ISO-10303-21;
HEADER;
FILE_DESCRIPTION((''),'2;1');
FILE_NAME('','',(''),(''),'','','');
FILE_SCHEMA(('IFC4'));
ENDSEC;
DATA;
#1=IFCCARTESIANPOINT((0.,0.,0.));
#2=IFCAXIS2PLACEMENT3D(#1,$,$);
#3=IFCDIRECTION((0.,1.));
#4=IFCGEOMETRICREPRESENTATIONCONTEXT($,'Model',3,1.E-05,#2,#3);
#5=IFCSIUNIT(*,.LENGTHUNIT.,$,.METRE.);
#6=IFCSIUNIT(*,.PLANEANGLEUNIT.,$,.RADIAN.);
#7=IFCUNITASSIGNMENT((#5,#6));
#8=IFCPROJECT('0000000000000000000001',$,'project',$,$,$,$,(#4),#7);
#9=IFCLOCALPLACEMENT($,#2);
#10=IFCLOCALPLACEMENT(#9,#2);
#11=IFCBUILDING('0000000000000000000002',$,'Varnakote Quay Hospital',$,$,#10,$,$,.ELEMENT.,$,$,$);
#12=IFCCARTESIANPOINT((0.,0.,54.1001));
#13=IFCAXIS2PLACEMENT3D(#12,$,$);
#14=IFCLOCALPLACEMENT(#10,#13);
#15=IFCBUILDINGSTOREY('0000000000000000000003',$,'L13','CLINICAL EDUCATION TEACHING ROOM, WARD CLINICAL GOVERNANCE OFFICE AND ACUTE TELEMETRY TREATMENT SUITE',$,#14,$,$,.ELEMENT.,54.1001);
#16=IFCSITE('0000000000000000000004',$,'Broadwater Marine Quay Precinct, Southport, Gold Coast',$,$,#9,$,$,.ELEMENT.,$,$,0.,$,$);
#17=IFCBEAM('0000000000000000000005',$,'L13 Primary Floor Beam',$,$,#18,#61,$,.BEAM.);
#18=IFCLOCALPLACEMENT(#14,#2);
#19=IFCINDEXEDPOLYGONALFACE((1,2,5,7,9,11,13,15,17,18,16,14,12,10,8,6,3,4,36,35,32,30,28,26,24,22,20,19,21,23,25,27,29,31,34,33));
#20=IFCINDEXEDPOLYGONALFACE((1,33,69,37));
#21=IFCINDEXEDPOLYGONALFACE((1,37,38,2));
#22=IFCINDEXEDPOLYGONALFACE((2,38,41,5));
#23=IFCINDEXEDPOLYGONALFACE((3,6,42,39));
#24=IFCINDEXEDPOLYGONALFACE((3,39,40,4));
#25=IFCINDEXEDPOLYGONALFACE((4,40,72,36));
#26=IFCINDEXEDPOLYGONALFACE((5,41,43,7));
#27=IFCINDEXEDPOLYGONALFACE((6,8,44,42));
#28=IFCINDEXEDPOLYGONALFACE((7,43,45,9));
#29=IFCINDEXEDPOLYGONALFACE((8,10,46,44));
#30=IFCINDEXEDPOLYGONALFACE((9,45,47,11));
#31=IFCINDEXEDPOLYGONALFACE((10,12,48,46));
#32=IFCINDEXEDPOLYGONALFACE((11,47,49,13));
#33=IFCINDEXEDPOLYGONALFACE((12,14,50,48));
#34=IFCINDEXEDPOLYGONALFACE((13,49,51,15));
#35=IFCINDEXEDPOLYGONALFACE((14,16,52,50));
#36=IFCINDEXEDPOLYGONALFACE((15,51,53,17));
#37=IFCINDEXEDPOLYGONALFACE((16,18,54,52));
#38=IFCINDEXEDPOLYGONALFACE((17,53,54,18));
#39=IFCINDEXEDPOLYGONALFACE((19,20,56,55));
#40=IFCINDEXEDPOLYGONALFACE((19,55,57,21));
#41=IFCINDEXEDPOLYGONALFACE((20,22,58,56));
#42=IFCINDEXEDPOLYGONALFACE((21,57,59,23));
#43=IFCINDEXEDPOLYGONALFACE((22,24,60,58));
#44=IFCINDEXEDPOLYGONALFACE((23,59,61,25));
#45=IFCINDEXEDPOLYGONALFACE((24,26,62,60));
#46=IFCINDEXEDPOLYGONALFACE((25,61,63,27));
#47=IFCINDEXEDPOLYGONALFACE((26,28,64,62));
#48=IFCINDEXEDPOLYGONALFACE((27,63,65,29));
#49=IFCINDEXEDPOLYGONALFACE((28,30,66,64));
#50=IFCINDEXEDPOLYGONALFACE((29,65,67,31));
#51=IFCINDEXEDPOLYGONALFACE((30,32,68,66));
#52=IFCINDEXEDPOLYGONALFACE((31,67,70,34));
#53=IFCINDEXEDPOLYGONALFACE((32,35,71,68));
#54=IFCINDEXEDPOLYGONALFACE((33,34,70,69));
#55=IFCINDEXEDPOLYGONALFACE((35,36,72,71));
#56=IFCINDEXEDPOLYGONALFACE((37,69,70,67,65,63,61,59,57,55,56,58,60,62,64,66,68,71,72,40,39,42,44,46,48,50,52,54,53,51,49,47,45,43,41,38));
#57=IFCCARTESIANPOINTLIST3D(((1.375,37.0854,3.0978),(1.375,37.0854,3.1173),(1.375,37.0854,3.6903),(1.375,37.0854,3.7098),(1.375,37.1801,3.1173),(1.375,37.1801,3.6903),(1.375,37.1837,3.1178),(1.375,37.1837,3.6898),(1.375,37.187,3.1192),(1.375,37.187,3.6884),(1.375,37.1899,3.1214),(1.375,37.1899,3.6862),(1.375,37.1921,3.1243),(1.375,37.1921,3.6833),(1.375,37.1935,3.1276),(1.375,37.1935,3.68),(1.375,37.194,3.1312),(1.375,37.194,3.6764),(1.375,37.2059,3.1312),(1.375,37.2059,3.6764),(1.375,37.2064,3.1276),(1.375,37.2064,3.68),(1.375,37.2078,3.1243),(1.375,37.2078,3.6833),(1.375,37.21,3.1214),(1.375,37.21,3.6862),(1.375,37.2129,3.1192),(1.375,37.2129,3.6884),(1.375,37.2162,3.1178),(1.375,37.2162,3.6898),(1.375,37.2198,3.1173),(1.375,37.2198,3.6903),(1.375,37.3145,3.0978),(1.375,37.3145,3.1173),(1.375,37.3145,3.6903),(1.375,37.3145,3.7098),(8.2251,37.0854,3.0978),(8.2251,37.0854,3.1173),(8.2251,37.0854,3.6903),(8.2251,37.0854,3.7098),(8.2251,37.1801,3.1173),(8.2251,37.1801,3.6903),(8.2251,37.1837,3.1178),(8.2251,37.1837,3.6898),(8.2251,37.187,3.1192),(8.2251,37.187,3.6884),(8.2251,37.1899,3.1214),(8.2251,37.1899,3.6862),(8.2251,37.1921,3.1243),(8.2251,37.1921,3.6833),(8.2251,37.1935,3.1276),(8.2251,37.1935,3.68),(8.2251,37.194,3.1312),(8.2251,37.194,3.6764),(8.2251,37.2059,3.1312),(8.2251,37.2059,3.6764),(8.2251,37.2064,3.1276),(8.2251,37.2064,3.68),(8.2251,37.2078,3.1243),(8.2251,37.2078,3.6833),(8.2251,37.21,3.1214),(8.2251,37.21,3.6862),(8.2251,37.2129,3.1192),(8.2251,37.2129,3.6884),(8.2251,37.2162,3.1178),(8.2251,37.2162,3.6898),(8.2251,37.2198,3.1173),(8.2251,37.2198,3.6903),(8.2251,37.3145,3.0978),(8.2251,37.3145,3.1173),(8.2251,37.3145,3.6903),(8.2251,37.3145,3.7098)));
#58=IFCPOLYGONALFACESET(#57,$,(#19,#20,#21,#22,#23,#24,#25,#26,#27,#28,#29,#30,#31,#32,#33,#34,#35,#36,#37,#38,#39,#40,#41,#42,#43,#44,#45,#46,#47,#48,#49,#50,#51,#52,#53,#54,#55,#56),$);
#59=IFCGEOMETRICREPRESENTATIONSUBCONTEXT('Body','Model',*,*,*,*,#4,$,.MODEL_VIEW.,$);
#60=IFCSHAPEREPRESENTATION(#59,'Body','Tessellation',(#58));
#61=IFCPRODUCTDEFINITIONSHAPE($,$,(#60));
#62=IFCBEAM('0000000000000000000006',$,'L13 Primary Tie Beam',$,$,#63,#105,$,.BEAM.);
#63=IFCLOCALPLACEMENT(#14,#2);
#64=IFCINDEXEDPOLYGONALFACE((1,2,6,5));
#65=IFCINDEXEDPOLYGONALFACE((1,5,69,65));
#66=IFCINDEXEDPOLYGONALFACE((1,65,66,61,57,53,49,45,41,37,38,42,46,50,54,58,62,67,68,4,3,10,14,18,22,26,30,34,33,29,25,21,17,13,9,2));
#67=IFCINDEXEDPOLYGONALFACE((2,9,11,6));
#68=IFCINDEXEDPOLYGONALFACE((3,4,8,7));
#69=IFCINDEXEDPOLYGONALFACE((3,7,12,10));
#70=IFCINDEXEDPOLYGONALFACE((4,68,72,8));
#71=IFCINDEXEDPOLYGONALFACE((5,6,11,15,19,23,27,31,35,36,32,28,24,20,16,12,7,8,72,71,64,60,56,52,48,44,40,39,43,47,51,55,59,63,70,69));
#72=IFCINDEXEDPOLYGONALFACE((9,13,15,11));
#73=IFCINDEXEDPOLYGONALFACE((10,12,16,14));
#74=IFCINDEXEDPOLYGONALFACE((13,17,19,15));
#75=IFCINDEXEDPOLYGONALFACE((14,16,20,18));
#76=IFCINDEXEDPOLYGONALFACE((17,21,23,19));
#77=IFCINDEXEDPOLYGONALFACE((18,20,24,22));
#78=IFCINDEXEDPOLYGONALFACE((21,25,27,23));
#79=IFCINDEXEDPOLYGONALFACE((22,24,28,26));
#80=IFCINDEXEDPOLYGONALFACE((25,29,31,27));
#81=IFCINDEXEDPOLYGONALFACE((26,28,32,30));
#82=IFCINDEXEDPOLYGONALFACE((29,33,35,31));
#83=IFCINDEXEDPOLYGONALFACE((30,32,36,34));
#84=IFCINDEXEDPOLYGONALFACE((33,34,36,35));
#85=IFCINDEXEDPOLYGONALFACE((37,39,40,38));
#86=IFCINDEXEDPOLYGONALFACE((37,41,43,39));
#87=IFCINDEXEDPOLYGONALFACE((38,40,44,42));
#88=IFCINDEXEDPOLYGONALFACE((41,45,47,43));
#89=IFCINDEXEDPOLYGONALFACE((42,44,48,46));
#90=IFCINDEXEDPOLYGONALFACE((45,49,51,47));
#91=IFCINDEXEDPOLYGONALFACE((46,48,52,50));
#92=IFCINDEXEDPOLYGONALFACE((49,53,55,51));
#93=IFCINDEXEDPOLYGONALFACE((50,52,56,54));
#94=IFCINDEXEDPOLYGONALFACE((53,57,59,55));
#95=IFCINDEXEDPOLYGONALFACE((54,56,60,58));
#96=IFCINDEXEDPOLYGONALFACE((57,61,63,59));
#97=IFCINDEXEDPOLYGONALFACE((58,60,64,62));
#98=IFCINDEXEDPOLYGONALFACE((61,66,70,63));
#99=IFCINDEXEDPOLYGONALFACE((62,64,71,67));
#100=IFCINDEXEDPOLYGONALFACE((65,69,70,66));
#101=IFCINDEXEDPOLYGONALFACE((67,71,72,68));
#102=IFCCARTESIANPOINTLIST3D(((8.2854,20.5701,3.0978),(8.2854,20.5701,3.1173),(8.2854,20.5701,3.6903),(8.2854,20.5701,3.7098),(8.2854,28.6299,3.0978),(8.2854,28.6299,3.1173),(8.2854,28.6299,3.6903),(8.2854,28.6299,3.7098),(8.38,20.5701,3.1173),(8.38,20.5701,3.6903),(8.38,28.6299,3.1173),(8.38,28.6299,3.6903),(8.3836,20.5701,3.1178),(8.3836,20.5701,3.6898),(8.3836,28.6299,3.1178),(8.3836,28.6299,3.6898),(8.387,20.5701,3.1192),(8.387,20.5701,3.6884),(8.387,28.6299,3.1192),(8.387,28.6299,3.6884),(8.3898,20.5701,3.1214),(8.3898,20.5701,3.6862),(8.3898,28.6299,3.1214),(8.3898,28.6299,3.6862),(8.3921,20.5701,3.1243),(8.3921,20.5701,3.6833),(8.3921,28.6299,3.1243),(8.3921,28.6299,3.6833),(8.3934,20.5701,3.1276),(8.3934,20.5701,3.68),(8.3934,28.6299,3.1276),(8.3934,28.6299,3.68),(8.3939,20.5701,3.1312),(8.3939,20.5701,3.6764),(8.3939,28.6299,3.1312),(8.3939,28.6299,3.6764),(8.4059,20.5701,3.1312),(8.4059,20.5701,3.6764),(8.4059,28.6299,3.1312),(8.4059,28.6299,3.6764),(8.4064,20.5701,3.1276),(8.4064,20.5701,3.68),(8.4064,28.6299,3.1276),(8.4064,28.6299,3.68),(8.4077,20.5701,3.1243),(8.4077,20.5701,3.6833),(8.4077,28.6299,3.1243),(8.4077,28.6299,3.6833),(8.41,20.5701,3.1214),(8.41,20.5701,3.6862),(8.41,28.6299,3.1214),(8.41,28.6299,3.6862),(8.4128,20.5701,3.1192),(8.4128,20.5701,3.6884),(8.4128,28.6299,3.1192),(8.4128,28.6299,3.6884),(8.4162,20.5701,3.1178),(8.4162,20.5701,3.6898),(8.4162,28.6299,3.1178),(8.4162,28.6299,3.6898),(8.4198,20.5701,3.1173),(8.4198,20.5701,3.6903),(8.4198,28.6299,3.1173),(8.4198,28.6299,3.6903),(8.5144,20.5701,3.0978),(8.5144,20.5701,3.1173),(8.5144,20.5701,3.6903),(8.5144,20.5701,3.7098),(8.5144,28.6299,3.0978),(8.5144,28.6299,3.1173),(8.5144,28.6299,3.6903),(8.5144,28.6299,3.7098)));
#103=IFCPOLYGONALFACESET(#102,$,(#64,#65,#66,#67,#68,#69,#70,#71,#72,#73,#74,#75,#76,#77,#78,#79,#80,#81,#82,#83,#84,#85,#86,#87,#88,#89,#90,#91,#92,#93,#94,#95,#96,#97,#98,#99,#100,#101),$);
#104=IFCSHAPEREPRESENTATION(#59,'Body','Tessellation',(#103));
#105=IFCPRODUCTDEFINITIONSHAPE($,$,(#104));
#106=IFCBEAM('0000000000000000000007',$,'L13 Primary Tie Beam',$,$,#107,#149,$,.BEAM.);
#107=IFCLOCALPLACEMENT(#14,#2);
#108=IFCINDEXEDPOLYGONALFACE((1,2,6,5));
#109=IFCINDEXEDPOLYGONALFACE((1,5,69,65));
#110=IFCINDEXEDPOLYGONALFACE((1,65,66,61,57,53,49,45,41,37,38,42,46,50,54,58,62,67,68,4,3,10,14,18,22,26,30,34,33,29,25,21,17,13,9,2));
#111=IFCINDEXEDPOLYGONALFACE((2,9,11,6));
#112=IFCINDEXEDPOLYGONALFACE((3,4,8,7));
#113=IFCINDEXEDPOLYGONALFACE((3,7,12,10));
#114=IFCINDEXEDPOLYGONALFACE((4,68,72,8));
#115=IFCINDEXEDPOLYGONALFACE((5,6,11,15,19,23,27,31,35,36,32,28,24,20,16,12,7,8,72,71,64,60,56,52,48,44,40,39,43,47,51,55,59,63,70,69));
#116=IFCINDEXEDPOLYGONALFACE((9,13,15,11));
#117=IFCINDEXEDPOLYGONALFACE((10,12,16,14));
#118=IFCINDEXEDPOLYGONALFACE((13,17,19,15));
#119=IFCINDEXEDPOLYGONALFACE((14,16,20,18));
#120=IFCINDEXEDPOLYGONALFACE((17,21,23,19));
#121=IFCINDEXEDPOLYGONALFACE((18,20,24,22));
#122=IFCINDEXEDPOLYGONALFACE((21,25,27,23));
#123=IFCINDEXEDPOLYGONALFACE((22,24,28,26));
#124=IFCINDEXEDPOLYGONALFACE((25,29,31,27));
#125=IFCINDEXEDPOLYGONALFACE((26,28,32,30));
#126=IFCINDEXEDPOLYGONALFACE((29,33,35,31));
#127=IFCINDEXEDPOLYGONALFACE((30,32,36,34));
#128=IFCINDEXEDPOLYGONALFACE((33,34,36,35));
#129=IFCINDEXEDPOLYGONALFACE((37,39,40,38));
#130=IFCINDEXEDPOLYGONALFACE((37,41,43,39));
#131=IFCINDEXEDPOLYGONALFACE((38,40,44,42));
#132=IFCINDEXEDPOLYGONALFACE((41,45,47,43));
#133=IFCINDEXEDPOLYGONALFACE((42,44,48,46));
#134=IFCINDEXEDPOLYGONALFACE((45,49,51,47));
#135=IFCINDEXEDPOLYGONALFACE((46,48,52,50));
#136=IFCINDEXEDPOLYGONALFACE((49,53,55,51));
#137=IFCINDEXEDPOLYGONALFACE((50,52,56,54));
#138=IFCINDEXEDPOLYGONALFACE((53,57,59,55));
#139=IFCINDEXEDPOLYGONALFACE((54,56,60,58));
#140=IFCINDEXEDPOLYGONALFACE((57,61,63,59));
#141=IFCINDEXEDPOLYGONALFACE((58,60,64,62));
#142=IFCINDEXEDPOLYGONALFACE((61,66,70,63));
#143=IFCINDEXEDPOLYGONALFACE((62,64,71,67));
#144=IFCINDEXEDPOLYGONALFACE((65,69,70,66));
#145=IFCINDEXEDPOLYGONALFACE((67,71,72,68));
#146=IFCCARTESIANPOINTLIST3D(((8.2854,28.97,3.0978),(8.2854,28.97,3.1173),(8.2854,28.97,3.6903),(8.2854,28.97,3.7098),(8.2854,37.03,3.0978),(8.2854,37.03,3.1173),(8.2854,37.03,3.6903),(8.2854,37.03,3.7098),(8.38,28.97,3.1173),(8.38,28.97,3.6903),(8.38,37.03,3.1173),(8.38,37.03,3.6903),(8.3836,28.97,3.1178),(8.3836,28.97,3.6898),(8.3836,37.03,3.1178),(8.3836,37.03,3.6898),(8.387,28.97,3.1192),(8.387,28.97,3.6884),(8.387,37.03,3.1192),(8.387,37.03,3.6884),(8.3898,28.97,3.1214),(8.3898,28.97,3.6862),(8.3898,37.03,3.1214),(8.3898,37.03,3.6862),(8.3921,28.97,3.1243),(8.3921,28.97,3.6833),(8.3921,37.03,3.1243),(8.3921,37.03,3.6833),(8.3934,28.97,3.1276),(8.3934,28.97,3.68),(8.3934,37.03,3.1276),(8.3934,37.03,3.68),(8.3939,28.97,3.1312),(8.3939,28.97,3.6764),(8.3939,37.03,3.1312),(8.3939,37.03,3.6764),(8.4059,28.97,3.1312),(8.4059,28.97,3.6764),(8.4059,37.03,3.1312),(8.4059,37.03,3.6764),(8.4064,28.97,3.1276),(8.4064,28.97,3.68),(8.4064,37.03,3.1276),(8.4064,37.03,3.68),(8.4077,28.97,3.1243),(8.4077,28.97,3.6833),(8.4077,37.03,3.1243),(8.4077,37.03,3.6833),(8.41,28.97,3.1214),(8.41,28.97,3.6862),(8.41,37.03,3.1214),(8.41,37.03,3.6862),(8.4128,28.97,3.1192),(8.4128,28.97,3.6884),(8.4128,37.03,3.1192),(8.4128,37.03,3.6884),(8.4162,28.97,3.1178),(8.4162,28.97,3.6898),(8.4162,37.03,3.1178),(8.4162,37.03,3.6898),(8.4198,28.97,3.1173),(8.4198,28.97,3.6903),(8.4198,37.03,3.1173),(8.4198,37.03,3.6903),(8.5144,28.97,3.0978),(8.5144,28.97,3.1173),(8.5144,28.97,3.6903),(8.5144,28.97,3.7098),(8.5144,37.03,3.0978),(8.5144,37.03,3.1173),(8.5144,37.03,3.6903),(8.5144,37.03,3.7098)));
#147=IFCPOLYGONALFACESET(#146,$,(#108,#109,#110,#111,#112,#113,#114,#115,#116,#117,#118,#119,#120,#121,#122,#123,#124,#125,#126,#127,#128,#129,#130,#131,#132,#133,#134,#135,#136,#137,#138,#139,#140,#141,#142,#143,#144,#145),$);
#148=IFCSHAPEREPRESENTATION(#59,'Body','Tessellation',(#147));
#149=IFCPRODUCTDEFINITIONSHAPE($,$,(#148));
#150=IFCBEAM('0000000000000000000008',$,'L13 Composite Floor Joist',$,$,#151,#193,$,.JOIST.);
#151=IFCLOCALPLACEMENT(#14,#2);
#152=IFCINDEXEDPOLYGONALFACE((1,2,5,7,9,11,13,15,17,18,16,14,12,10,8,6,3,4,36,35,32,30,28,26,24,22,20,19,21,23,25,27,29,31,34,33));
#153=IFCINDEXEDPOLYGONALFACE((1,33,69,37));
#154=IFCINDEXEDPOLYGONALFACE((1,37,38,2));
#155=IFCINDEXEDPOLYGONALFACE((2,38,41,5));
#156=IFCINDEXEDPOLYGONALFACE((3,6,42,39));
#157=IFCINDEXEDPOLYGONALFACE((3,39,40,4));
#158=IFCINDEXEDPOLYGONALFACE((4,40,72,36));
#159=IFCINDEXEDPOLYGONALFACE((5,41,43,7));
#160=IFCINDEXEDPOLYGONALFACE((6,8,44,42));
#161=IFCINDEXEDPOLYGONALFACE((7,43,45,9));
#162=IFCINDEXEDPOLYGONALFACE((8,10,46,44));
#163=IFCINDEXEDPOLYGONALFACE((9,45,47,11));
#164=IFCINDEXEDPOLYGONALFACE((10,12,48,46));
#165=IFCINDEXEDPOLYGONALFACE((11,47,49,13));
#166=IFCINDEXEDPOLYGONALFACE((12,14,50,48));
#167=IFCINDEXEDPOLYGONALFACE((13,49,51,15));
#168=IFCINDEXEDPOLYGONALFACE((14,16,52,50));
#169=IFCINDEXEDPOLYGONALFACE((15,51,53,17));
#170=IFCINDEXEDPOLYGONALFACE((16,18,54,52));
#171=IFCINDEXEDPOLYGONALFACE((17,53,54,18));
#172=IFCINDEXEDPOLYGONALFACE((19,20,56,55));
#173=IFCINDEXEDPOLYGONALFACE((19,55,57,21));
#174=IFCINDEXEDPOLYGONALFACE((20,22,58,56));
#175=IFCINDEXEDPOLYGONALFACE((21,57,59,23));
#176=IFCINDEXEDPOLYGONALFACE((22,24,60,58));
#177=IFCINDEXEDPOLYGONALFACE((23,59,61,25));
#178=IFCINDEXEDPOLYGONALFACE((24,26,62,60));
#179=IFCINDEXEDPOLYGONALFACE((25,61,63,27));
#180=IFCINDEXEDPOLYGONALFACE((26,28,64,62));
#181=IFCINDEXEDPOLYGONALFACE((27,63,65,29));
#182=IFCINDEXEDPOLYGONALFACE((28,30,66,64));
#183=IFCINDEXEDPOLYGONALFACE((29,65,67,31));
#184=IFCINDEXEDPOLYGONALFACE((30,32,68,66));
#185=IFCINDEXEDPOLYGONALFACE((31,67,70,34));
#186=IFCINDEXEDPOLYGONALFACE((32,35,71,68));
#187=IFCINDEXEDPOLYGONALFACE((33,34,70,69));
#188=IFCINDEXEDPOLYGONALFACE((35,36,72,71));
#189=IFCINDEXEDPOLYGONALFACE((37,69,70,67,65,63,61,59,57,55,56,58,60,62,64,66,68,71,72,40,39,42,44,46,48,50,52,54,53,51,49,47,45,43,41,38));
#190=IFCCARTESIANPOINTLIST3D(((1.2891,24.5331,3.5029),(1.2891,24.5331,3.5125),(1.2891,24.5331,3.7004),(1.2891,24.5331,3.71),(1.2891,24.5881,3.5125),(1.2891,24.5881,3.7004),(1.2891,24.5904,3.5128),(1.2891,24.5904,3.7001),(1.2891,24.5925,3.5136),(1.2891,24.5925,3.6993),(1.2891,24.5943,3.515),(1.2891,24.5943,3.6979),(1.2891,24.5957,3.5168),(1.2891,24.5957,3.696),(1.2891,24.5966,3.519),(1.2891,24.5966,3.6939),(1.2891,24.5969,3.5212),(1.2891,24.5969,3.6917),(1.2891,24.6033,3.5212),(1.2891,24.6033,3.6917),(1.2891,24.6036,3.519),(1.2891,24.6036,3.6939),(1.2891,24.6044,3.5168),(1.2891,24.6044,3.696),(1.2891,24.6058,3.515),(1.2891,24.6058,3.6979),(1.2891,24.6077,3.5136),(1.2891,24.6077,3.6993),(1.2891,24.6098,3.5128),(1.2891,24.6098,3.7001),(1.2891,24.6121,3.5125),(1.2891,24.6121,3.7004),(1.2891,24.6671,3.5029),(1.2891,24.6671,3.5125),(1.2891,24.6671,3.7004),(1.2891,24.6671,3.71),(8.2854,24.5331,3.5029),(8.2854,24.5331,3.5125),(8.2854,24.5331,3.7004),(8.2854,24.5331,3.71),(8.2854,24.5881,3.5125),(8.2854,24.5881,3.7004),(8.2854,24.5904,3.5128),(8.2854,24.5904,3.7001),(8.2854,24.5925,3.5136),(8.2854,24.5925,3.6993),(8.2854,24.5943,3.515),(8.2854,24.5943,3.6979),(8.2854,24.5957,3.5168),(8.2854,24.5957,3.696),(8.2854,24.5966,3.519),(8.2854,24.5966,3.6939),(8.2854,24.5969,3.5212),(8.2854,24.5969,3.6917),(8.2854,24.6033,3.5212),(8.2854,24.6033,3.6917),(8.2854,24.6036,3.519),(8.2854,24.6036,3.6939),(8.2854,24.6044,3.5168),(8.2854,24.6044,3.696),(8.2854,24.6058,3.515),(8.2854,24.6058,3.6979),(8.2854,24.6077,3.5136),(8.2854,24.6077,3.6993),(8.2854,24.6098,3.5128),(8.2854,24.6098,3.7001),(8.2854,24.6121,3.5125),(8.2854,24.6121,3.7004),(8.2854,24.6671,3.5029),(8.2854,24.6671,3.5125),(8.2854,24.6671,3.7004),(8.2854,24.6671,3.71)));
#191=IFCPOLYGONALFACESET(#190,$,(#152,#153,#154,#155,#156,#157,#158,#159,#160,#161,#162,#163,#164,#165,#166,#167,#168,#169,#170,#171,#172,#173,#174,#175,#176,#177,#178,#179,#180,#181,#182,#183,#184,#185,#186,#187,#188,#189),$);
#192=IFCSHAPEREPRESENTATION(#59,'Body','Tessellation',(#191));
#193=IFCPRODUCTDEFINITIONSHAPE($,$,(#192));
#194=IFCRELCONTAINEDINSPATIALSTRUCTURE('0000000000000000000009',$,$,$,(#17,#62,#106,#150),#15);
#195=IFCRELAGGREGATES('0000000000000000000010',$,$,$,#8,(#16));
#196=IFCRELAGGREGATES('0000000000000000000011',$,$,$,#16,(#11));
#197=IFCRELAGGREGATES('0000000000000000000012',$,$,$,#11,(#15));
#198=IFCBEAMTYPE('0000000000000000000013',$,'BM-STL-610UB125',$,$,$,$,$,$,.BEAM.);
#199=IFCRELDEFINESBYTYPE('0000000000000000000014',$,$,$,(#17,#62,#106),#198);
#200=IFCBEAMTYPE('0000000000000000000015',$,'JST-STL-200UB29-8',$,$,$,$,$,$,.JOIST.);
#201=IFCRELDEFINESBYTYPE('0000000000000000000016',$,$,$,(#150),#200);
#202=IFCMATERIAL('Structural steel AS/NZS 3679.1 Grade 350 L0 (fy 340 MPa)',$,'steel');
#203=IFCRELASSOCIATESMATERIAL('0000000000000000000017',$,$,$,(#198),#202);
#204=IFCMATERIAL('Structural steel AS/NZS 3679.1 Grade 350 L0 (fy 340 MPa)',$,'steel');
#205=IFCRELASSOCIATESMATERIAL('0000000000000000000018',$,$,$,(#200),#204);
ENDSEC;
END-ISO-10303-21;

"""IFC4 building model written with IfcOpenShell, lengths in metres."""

from ifc_helpers import new_model, si_unit, direction, frame, origin, origin_2d, place, context, subcontext, project, spatial, i_section, extrude, material, material_profile, profile_set, type_object, element, save


model = new_model("IFC4")

# Units and contexts
model_context = context("Model", 3, precision=1e-05, world=origin(), true_north=direction((0.0, 1.0)))
body_context = subcontext(model_context, "Body", "Model", "MODEL_VIEW")
ifc_project = project(units=[si_unit("LENGTHUNIT", "METRE"), si_unit("PLANEANGLEUNIT", "RADIAN")], contexts=[model_context])

# Site, building, storey
site_placement = place(None, origin())
site = spatial("IfcSite", under=ifc_project, at=site_placement, Name="Broadwater Marine Quay Precinct, Southport, Gold Coast", CompositionType="ELEMENT", RefElevation=0.0)
building_placement = place(site_placement, origin())
building = spatial("IfcBuilding", under=site, at=building_placement, Name="Varnakote Quay Hospital", CompositionType="ELEMENT")
storey_placement = place(building_placement, frame((0.0, 0.0, 54.1001)))
storey = spatial("IfcBuildingStorey", under=building, at=storey_placement, Name="L13", Description="CLINICAL EDUCATION TEACHING ROOM, WARD CLINICAL GOVERNANCE OFFICE AND ACUTE TELEMETRY TREATMENT SUITE", CompositionType="ELEMENT", Elevation=54.1001)

# Beams
ifc_material_1 = material(Name="Structural steel AS/NZS 3679.1 Grade 350 L0 (fy 340 MPa)", Category="steel")
ifc_material_profile_1 = material_profile(ifc_material_1, i_section(OverallWidth=0.229, OverallDepth=0.6121, WebThickness=0.012, FlangeThickness=0.0195, FilletRadius=0.0139, at=origin_2d()), Name="610UB125")
ifc_profile_set_1 = profile_set([ifc_material_profile_1], Name="Structural steel AS/NZS 3679.1 Grade 350 L0 (fy 340 MPa)")
beam_type_1 = type_object("IfcBeamType", Name="BM-STL-610UB125", PredefinedType="BEAM", material=ifc_profile_set_1)
beam_1_placement = place(storey_placement, frame((1.375, 37.2, 3.4038), z_axis=(1.0, 0.0, 0.0), x_axis=(0.0, 1.0, 0.0)))
element("IfcBeam", 1, at=beam_1_placement, inside=storey, type_object=beam_type_1, Name="L13 Primary Floor Beam", PredefinedType="BEAM", context=body_context, shape_type="SweptSolid", body=[
    extrude(i_section(OverallWidth=0.229, OverallDepth=0.6121, WebThickness=0.012, FlangeThickness=0.0195, FilletRadius=0.0139, at=origin_2d()), origin(), (0.0, 0.0, 1.0), 6.8501),
])
beam_2_placement = place(storey_placement, frame((8.3999, 20.5701, 3.4038), z_axis=(0.0, 1.0, 0.0), x_axis=(-1.0, 0.0, 0.0)))
element("IfcBeam", 2, at=beam_2_placement, inside=storey, type_object=beam_type_1, Name="L13 Primary Tie Beam", PredefinedType="BEAM", context=body_context, shape_type="SweptSolid", body=[
    extrude(i_section(OverallWidth=0.229, OverallDepth=0.6121, WebThickness=0.012, FlangeThickness=0.0195, FilletRadius=0.0139, at=origin_2d()), origin(), (0.0, 0.0, 1.0), 8.0598),
])
beam_3_placement = place(storey_placement, frame((8.3999, 28.97, 3.4038), z_axis=(0.0, 1.0, 0.0), x_axis=(-1.0, 0.0, 0.0)))
element("IfcBeam", 3, at=beam_3_placement, inside=storey, type_object=beam_type_1, Name="L13 Primary Tie Beam", PredefinedType="BEAM", context=body_context, shape_type="SweptSolid", body=[
    extrude(i_section(OverallWidth=0.229, OverallDepth=0.6121, WebThickness=0.012, FlangeThickness=0.0195, FilletRadius=0.0139, at=origin_2d()), origin(), (0.0, 0.0, 1.0), 8.0601),
])
ifc_material_2 = material(Name="Structural steel AS/NZS 3679.1 Grade 350 L0 (fy 340 MPa)", Category="steel")
ifc_material_profile_2 = material_profile(ifc_material_2, i_section(OverallWidth=0.134, OverallDepth=0.207, WebThickness=0.0063, FlangeThickness=0.0095, FilletRadius=0.0088, at=origin_2d()), Name="200UB29.8")
ifc_profile_set_2 = profile_set([ifc_material_profile_2], Name="Structural steel AS/NZS 3679.1 Grade 350 L0 (fy 340 MPa)")
beam_type_2 = type_object("IfcBeamType", Name="JST-STL-200UB29-8", PredefinedType="JOIST", material=ifc_profile_set_2)
beam_4_placement = place(storey_placement, frame((1.2891, 24.6001, 3.6064), z_axis=(1.0, 0.0, 0.0), x_axis=(0.0, 1.0, 0.0)))
element("IfcBeam", 4, at=beam_4_placement, inside=storey, type_object=beam_type_2, Name="L13 Composite Floor Joist", PredefinedType="JOIST", context=body_context, shape_type="SweptSolid", body=[
    extrude(i_section(OverallWidth=0.134, OverallDepth=0.207, WebThickness=0.0063, FlangeThickness=0.0095, FilletRadius=0.0088, at=origin_2d()), origin(), (0.0, 0.0, 1.0), 6.9963),
])

save(model, "model.ifc")
